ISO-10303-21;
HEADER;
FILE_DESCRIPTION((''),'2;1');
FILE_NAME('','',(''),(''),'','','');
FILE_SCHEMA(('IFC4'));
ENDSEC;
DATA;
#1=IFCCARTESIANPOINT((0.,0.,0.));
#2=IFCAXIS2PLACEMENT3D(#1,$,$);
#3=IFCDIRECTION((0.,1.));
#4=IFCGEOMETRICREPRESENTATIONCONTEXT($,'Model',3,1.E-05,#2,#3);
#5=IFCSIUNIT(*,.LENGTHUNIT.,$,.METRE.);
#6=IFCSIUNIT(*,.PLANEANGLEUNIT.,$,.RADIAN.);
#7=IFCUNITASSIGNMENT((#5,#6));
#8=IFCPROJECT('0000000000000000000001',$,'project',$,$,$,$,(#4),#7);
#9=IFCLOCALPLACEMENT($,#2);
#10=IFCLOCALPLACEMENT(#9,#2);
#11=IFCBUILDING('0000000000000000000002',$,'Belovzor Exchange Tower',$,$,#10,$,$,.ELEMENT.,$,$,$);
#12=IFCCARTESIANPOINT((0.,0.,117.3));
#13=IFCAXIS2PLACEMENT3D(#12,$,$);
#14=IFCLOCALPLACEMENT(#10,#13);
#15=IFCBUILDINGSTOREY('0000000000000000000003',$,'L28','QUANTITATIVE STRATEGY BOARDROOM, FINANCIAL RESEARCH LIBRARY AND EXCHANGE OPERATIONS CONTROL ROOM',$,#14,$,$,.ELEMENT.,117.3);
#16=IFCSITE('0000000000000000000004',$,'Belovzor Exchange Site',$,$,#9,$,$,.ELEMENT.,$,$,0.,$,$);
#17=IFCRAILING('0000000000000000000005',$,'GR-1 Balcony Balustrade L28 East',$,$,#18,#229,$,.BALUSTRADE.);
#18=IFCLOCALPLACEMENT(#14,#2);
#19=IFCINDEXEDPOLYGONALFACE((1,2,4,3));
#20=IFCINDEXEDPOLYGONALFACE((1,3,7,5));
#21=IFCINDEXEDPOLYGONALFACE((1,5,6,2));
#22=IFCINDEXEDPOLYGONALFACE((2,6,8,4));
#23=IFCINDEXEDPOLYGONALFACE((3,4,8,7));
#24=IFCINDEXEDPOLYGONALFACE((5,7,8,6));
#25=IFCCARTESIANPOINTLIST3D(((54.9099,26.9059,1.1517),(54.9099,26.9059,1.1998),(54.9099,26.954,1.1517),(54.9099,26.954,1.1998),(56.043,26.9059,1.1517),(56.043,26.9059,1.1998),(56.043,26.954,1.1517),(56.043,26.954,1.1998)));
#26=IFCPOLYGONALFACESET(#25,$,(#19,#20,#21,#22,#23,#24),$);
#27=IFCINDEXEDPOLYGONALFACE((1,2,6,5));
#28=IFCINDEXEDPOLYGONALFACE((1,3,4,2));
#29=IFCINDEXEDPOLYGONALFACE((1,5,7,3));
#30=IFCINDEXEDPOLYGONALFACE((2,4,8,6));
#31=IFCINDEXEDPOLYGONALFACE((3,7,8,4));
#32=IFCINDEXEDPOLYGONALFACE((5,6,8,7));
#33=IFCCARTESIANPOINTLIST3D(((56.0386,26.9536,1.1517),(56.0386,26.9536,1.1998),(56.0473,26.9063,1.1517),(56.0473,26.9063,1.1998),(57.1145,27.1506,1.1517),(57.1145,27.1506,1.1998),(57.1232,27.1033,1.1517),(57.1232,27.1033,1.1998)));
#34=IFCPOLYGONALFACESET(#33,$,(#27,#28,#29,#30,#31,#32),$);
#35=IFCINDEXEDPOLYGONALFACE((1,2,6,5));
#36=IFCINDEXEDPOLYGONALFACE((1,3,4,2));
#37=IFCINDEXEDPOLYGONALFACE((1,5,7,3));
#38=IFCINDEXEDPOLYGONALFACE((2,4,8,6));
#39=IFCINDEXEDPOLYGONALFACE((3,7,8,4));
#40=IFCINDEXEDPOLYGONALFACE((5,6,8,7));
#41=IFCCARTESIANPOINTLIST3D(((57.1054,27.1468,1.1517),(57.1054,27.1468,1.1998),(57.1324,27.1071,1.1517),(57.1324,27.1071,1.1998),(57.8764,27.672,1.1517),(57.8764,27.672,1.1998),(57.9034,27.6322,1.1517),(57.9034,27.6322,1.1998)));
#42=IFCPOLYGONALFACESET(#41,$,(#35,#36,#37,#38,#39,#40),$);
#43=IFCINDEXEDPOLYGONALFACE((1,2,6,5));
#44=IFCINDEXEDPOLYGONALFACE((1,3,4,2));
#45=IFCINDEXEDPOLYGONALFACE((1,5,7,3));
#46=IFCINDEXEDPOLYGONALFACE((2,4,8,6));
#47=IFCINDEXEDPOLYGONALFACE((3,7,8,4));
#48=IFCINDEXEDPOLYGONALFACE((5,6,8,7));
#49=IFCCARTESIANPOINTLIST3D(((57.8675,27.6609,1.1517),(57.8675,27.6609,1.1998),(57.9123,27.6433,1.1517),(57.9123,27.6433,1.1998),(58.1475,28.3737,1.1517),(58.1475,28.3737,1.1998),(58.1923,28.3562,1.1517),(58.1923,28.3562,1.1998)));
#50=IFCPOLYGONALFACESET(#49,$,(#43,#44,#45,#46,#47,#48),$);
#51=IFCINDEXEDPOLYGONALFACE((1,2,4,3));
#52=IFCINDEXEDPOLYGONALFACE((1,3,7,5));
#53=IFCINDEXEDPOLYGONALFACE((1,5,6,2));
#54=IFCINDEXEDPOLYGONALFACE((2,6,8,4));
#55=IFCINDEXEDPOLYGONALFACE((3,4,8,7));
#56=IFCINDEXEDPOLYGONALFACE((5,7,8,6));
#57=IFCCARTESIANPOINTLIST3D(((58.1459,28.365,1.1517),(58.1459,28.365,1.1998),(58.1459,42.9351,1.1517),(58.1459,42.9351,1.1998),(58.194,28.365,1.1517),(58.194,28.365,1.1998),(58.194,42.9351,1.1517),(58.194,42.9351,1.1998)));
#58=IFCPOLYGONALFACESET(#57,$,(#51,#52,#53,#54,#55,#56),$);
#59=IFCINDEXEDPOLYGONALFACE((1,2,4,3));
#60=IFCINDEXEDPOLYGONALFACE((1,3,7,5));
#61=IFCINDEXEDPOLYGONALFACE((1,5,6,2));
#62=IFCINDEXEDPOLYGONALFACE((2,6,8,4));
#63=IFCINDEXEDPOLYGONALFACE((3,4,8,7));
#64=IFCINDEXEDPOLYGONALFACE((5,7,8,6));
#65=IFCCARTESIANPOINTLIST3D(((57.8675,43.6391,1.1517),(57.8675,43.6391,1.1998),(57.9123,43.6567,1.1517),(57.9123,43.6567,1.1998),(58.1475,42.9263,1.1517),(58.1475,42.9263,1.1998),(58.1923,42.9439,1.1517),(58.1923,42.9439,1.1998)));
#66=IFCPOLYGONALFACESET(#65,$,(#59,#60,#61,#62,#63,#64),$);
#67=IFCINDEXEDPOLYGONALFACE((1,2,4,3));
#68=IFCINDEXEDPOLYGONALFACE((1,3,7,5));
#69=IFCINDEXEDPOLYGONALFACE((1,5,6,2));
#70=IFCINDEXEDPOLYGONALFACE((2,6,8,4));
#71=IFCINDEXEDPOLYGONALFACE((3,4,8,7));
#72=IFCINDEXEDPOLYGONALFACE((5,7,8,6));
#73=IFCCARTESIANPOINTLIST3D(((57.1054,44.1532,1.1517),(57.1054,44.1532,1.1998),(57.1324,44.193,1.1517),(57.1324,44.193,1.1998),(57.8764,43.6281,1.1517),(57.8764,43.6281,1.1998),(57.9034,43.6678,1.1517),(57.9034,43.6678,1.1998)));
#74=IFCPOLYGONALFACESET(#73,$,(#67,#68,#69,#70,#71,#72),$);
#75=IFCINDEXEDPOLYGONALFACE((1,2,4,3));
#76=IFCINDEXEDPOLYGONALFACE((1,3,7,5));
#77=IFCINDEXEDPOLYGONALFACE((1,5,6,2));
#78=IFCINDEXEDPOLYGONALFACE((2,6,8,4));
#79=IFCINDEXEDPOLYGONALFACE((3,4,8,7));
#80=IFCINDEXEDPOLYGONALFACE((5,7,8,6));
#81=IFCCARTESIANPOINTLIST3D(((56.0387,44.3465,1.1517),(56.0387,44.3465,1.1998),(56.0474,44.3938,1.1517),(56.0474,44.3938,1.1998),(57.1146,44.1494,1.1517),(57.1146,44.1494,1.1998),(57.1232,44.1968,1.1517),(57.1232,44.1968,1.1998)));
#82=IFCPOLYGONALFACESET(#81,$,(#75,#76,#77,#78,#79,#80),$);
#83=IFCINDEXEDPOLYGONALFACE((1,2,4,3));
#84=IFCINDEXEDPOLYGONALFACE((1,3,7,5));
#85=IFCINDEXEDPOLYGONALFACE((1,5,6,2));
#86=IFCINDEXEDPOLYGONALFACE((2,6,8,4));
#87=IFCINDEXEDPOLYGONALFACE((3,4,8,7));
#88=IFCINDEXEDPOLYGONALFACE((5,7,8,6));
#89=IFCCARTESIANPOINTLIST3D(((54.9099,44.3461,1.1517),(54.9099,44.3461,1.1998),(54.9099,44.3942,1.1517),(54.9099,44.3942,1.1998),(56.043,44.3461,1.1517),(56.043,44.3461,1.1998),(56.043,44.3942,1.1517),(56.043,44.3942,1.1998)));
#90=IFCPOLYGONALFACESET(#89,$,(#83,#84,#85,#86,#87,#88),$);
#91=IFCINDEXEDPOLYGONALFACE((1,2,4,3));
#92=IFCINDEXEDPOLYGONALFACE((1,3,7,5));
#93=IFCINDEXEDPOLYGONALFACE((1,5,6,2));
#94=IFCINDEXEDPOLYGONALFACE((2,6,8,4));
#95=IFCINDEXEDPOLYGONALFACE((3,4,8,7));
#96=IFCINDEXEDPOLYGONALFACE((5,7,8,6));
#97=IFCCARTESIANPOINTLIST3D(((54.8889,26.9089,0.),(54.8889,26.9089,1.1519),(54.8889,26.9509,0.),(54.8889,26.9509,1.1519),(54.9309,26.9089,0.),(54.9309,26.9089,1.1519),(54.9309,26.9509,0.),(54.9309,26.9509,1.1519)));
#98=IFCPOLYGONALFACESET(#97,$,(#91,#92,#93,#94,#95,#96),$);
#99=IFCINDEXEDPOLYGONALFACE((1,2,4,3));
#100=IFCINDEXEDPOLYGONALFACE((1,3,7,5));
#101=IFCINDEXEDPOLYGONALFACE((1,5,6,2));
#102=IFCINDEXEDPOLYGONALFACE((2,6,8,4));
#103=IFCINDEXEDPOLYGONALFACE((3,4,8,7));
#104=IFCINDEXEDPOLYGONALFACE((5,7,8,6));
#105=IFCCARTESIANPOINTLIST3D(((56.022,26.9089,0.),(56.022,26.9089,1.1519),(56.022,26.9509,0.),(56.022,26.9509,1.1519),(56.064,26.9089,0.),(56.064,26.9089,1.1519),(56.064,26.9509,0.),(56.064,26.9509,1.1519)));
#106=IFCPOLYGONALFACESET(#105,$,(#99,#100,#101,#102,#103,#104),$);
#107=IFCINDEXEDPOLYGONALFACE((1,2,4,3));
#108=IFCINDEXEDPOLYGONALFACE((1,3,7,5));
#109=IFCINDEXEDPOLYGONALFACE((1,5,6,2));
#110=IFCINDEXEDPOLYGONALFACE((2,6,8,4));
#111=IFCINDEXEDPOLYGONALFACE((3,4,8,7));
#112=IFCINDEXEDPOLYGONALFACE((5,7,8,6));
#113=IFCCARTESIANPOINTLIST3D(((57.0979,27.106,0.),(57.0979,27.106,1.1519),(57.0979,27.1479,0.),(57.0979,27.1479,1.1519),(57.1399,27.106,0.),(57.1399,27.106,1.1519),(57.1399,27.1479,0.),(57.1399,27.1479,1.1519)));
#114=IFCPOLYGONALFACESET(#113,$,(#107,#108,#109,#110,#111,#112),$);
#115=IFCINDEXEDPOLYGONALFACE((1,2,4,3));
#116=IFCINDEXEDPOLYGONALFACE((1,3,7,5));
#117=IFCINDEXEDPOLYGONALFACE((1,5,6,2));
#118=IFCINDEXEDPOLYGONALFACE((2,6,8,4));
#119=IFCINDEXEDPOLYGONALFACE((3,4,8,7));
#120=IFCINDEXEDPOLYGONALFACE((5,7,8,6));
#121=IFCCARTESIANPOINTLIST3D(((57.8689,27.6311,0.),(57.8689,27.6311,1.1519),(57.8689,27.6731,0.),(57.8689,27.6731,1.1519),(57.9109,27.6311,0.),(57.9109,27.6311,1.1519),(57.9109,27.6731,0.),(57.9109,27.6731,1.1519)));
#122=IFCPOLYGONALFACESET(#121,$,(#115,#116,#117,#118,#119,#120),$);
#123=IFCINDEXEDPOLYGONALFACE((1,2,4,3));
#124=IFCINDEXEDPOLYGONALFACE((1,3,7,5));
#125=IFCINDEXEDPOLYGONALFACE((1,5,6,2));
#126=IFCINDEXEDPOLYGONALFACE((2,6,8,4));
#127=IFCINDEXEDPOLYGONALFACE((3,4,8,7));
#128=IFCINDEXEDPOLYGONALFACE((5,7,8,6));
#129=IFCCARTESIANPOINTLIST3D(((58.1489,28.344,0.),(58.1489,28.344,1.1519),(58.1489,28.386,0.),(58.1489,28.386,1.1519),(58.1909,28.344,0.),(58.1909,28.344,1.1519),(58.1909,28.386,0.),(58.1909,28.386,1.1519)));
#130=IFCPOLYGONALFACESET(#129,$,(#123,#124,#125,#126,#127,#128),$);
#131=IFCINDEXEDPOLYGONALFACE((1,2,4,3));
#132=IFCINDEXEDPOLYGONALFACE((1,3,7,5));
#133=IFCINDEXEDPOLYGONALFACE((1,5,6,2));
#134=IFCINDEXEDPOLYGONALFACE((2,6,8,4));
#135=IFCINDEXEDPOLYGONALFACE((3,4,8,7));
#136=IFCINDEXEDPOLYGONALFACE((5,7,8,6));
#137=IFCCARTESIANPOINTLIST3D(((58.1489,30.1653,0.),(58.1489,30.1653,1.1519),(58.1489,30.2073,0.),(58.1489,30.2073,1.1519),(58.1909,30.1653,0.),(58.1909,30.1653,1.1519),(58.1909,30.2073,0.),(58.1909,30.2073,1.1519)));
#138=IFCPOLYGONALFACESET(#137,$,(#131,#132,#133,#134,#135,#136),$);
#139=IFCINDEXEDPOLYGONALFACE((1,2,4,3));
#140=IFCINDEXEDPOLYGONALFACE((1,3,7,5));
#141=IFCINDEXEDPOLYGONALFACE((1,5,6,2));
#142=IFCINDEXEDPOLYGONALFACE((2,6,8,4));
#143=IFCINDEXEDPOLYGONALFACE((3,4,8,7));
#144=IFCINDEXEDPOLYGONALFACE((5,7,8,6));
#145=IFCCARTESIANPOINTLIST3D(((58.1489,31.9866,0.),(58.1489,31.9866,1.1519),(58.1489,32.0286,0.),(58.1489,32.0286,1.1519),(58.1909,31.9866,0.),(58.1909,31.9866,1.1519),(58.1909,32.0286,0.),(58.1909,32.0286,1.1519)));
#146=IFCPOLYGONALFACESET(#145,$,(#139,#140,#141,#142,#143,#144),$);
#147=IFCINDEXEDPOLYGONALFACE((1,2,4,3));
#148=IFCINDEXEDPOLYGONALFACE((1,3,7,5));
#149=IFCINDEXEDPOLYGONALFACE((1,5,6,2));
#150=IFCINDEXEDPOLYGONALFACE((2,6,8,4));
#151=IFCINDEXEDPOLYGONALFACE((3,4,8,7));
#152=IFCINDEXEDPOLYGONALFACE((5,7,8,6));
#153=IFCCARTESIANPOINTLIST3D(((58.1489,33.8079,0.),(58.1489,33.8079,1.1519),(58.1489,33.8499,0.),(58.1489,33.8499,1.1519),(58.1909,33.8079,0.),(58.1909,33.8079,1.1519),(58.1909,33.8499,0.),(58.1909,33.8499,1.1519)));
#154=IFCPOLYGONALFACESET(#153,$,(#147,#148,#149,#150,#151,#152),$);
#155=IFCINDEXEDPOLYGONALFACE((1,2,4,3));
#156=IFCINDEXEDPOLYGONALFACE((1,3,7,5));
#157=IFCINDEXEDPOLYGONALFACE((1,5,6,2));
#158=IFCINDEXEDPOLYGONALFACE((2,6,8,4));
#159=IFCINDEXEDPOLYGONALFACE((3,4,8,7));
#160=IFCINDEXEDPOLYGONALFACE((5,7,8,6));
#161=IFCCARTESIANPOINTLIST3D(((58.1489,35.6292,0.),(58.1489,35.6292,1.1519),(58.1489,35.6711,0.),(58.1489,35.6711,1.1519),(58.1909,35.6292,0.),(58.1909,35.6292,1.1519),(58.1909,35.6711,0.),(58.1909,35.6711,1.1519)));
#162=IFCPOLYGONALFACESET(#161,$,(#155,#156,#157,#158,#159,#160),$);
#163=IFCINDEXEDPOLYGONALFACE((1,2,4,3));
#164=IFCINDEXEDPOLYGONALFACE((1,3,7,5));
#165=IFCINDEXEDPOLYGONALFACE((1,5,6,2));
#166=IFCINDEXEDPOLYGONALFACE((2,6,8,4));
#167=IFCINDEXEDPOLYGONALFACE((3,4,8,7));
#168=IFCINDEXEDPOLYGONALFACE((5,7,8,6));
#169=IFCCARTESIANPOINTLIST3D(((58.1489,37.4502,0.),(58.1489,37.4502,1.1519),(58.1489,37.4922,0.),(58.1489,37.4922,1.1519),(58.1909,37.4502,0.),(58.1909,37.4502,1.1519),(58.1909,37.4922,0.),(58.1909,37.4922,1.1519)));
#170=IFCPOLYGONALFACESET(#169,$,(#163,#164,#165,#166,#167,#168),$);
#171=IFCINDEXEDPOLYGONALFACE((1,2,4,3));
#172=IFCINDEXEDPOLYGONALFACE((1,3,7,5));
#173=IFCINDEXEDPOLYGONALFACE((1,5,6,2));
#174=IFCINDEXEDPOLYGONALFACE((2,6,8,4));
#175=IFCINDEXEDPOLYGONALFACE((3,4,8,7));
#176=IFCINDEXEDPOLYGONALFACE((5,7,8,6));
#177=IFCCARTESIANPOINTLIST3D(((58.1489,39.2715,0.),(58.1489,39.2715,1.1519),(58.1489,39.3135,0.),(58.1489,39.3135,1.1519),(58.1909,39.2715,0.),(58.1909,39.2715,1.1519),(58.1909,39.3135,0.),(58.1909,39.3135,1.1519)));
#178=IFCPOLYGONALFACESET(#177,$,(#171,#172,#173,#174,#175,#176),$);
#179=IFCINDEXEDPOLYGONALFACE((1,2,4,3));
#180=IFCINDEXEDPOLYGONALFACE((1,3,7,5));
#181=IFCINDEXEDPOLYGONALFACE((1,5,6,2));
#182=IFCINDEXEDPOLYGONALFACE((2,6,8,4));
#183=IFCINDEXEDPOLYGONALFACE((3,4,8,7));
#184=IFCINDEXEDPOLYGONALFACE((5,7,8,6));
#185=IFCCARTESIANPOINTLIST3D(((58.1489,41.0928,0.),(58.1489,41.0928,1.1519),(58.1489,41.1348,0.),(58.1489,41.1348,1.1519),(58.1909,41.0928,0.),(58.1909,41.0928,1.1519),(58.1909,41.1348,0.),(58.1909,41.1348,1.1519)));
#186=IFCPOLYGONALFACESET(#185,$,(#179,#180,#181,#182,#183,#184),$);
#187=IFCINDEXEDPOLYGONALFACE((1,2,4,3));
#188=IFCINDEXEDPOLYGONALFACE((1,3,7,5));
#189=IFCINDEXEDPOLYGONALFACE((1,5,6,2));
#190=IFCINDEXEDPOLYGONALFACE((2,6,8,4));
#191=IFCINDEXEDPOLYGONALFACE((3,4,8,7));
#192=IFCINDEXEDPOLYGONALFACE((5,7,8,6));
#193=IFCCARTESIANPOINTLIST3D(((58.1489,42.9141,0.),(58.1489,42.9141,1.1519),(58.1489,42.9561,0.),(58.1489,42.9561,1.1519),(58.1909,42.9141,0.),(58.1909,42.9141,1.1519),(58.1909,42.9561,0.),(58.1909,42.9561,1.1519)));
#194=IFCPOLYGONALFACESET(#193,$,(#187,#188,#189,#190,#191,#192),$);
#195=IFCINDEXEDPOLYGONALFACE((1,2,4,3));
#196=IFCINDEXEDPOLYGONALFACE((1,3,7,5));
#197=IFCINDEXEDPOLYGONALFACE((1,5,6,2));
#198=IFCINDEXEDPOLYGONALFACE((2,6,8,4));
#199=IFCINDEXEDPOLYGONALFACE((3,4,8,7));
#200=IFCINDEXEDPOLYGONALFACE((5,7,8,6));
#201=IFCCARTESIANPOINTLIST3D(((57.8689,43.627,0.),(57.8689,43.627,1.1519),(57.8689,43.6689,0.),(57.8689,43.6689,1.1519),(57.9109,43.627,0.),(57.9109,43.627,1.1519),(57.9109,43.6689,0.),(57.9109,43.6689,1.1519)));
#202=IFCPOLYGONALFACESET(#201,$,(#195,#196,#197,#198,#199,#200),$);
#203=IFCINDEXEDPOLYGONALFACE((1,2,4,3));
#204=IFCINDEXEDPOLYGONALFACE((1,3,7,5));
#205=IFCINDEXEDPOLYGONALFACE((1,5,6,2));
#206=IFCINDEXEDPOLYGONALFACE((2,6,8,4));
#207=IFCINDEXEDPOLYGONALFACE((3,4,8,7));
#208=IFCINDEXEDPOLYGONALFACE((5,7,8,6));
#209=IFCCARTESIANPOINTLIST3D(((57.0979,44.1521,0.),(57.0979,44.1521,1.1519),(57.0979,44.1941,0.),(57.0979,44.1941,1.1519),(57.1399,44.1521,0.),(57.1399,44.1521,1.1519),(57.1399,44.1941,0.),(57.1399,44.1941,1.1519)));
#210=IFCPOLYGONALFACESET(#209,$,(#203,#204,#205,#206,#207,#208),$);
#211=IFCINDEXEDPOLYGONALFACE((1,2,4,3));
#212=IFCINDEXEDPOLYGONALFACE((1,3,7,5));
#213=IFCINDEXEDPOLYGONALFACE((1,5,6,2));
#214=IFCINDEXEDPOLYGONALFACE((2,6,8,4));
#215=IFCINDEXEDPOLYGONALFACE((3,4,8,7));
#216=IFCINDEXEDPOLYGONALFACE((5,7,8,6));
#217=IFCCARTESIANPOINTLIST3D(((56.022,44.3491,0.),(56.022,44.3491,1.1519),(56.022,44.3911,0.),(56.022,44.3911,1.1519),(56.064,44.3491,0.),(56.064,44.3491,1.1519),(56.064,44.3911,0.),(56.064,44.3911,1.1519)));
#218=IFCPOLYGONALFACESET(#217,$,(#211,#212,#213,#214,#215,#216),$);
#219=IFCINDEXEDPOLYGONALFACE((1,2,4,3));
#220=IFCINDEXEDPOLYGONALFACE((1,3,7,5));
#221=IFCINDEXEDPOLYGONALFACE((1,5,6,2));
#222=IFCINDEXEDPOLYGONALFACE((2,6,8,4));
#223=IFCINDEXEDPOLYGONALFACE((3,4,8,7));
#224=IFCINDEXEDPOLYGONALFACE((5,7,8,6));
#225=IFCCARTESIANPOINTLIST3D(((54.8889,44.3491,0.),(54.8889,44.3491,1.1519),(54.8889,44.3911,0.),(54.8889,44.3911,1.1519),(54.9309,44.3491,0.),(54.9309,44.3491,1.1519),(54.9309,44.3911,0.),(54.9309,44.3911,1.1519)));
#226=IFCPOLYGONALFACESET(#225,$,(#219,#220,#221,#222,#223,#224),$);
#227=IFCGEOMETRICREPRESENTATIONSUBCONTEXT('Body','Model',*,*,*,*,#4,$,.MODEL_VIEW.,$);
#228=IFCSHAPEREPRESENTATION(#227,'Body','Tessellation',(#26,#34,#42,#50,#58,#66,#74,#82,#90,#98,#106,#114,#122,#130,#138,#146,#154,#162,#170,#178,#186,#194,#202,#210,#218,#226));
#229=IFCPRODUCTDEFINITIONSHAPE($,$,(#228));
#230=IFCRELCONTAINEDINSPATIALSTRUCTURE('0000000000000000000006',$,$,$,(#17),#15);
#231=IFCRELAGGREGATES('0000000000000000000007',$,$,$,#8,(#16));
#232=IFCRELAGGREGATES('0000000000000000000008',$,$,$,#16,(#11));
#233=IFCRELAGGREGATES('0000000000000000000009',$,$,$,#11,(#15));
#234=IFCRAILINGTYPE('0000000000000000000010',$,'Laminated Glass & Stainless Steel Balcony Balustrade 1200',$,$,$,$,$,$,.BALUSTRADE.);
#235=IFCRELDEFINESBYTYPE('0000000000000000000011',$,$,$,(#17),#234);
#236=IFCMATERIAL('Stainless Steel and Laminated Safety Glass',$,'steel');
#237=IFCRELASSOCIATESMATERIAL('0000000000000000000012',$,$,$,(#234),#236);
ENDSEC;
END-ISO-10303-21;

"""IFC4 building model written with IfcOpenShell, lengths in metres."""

from ifc_helpers import new_model, si_unit, direction, frame, origin, origin_2d, place, context, subcontext, project, spatial, rectangle, extrude, material, type_object, element, save


model = new_model("IFC4")

# Units and contexts
model_context = context("Model", 3, precision=1e-05, world=origin(), true_north=direction((0.0, 1.0)))
body_context = subcontext(model_context, "Body", "Model", "MODEL_VIEW")
ifc_project = project(units=[si_unit("LENGTHUNIT", "METRE"), si_unit("PLANEANGLEUNIT", "RADIAN")], contexts=[model_context])

# Site, building, storey
site_placement = place(None, origin())
site = spatial("IfcSite", under=ifc_project, at=site_placement, Name="Belovzor Exchange Site", CompositionType="ELEMENT", RefElevation=0.0)
building_placement = place(site_placement, origin())
building = spatial("IfcBuilding", under=site, at=building_placement, Name="Belovzor Exchange Tower", CompositionType="ELEMENT")
storey_placement = place(building_placement, frame((0.0, 0.0, 117.3)))
storey = spatial("IfcBuildingStorey", under=building, at=storey_placement, Name="L28", Description="QUANTITATIVE STRATEGY BOARDROOM, FINANCIAL RESEARCH LIBRARY AND EXCHANGE OPERATIONS CONTROL ROOM", CompositionType="ELEMENT", Elevation=117.3)

# Railing
ifc_material_1 = material(Name="Stainless Steel and Laminated Safety Glass", Category="steel")
railing_type = type_object("IfcRailingType", Name="Laminated Glass & Stainless Steel Balcony Balustrade 1200", PredefinedType="BALUSTRADE", material=ifc_material_1)
railing_placement = place(storey_placement, frame((54.9099, 26.9299, 0.0)))
element("IfcRailing", 1, at=railing_placement, inside=storey, type_object=railing_type, Name="GR-1 Balcony Balustrade L28 East", PredefinedType="BALUSTRADE", context=body_context, shape_type="SweptSolid", body=[
    extrude(rectangle(XDim=0.0481, YDim=0.0481, at=origin_2d()), frame((0.0, 0.0, 1.1758), z_axis=(1.0, 0.0, 0.0), x_axis=(0.0, 1.0, 0.0)), (0.0, 0.0, 1.0), 1.1331),
    extrude(rectangle(XDim=0.0481, YDim=0.0481, at=origin_2d()), frame((1.1331, 0.0, 1.1758), z_axis=(0.983644, 0.180123, 0.0), x_axis=(-0.180123, 0.983644, 0.0)), (0.0, 0.0, 1.0), 1.0938),
    extrude(rectangle(XDim=0.0481, YDim=0.0481, at=origin_2d()), frame((2.209, 0.197, 1.1758), z_axis=(0.826493, 0.562947, 0.0), x_axis=(-0.562947, 0.826493, 0.0)), (0.0, 0.0, 1.0), 0.9329),
    extrude(rectangle(XDim=0.0481, YDim=0.0481, at=origin_2d()), frame((2.98, 0.7222, 1.1758), z_axis=(0.365613, 0.930767, 0.0), x_axis=(-0.930767, 0.365613, 0.0)), (0.0, 0.0, 1.0), 0.7659),
    extrude(rectangle(XDim=0.0481, YDim=0.0481, at=origin_2d()), frame((3.26, 1.4351, 1.1758), z_axis=(0.0, 1.0, 0.0), x_axis=(-1.0, 0.0, 0.0)), (0.0, 0.0, 1.0), 14.5701),
    extrude(rectangle(XDim=0.0481, YDim=0.0481, at=origin_2d()), frame((3.26, 16.0051, 1.1758), z_axis=(-0.365613, 0.930767, 0.0), x_axis=(-0.930767, -0.365613, 0.0)), (0.0, 0.0, 1.0), 0.7659),
    extrude(rectangle(XDim=0.0481, YDim=0.0481, at=origin_2d()), frame((2.98, 16.718, 1.1758), z_axis=(-0.826493, 0.562947, 0.0), x_axis=(-0.562947, -0.826493, 0.0)), (0.0, 0.0, 1.0), 0.9329),
    extrude(rectangle(XDim=0.0481, YDim=0.0481, at=origin_2d()), frame((2.209, 17.2432, 1.1758), z_axis=(-0.983644, 0.180123, 0.0), x_axis=(-0.180123, -0.983644, 0.0)), (0.0, 0.0, 1.0), 1.0938),
    extrude(rectangle(XDim=0.0481, YDim=0.0481, at=origin_2d()), frame((1.1331, 17.4402, 1.1758), z_axis=(-1.0, 0.0, 0.0), x_axis=(0.0, -1.0, 0.0)), (0.0, 0.0, 1.0), 1.1331),
    extrude(rectangle(XDim=0.042, YDim=0.042, at=origin_2d()), origin(), (0.0, 0.0, 1.0), 1.1519),
    extrude(rectangle(XDim=0.042, YDim=0.042, at=origin_2d()), frame((1.1331, 0.0, 0.0)), (0.0, 0.0, 1.0), 1.1519),
    extrude(rectangle(XDim=0.042, YDim=0.042, at=origin_2d()), frame((2.209, 0.197, 0.0)), (0.0, 0.0, 1.0), 1.1519),
    extrude(rectangle(XDim=0.042, YDim=0.042, at=origin_2d()), frame((2.98, 0.7222, 0.0)), (0.0, 0.0, 1.0), 1.1519),
    extrude(rectangle(XDim=0.042, YDim=0.042, at=origin_2d()), frame((3.26, 1.4351, 0.0)), (0.0, 0.0, 1.0), 1.1519),
    extrude(rectangle(XDim=0.042, YDim=0.042, at=origin_2d()), frame((3.26, 3.2563, 0.0)), (0.0, 0.0, 1.0), 1.1519),
    extrude(rectangle(XDim=0.042, YDim=0.042, at=origin_2d()), frame((3.26, 5.0776, 0.0)), (0.0, 0.0, 1.0), 1.1519),
    extrude(rectangle(XDim=0.042, YDim=0.042, at=origin_2d()), frame((3.26, 6.8989, 0.0)), (0.0, 0.0, 1.0), 1.1519),
    extrude(rectangle(XDim=0.042, YDim=0.042, at=origin_2d()), frame((3.26, 8.7202, 0.0)), (0.0, 0.0, 1.0), 1.1519),
    extrude(rectangle(XDim=0.042, YDim=0.042, at=origin_2d()), frame((3.26, 10.5413, 0.0)), (0.0, 0.0, 1.0), 1.1519),
    extrude(rectangle(XDim=0.042, YDim=0.042, at=origin_2d()), frame((3.26, 12.3625, 0.0)), (0.0, 0.0, 1.0), 1.1519),
    extrude(rectangle(XDim=0.042, YDim=0.042, at=origin_2d()), frame((3.26, 14.1838, 0.0)), (0.0, 0.0, 1.0), 1.1519),
    extrude(rectangle(XDim=0.042, YDim=0.042, at=origin_2d()), frame((3.26, 16.0051, 0.0)), (0.0, 0.0, 1.0), 1.1519),
    extrude(rectangle(XDim=0.042, YDim=0.042, at=origin_2d()), frame((2.98, 16.718, 0.0)), (0.0, 0.0, 1.0), 1.1519),
    extrude(rectangle(XDim=0.042, YDim=0.042, at=origin_2d()), frame((2.209, 17.2432, 0.0)), (0.0, 0.0, 1.0), 1.1519),
    extrude(rectangle(XDim=0.042, YDim=0.042, at=origin_2d()), frame((1.1331, 17.4402, 0.0)), (0.0, 0.0, 1.0), 1.1519),
    extrude(rectangle(XDim=0.042, YDim=0.042, at=origin_2d()), frame((0.0, 17.4402, 0.0)), (0.0, 0.0, 1.0), 1.1519),
])

save(model, "model.ifc")
